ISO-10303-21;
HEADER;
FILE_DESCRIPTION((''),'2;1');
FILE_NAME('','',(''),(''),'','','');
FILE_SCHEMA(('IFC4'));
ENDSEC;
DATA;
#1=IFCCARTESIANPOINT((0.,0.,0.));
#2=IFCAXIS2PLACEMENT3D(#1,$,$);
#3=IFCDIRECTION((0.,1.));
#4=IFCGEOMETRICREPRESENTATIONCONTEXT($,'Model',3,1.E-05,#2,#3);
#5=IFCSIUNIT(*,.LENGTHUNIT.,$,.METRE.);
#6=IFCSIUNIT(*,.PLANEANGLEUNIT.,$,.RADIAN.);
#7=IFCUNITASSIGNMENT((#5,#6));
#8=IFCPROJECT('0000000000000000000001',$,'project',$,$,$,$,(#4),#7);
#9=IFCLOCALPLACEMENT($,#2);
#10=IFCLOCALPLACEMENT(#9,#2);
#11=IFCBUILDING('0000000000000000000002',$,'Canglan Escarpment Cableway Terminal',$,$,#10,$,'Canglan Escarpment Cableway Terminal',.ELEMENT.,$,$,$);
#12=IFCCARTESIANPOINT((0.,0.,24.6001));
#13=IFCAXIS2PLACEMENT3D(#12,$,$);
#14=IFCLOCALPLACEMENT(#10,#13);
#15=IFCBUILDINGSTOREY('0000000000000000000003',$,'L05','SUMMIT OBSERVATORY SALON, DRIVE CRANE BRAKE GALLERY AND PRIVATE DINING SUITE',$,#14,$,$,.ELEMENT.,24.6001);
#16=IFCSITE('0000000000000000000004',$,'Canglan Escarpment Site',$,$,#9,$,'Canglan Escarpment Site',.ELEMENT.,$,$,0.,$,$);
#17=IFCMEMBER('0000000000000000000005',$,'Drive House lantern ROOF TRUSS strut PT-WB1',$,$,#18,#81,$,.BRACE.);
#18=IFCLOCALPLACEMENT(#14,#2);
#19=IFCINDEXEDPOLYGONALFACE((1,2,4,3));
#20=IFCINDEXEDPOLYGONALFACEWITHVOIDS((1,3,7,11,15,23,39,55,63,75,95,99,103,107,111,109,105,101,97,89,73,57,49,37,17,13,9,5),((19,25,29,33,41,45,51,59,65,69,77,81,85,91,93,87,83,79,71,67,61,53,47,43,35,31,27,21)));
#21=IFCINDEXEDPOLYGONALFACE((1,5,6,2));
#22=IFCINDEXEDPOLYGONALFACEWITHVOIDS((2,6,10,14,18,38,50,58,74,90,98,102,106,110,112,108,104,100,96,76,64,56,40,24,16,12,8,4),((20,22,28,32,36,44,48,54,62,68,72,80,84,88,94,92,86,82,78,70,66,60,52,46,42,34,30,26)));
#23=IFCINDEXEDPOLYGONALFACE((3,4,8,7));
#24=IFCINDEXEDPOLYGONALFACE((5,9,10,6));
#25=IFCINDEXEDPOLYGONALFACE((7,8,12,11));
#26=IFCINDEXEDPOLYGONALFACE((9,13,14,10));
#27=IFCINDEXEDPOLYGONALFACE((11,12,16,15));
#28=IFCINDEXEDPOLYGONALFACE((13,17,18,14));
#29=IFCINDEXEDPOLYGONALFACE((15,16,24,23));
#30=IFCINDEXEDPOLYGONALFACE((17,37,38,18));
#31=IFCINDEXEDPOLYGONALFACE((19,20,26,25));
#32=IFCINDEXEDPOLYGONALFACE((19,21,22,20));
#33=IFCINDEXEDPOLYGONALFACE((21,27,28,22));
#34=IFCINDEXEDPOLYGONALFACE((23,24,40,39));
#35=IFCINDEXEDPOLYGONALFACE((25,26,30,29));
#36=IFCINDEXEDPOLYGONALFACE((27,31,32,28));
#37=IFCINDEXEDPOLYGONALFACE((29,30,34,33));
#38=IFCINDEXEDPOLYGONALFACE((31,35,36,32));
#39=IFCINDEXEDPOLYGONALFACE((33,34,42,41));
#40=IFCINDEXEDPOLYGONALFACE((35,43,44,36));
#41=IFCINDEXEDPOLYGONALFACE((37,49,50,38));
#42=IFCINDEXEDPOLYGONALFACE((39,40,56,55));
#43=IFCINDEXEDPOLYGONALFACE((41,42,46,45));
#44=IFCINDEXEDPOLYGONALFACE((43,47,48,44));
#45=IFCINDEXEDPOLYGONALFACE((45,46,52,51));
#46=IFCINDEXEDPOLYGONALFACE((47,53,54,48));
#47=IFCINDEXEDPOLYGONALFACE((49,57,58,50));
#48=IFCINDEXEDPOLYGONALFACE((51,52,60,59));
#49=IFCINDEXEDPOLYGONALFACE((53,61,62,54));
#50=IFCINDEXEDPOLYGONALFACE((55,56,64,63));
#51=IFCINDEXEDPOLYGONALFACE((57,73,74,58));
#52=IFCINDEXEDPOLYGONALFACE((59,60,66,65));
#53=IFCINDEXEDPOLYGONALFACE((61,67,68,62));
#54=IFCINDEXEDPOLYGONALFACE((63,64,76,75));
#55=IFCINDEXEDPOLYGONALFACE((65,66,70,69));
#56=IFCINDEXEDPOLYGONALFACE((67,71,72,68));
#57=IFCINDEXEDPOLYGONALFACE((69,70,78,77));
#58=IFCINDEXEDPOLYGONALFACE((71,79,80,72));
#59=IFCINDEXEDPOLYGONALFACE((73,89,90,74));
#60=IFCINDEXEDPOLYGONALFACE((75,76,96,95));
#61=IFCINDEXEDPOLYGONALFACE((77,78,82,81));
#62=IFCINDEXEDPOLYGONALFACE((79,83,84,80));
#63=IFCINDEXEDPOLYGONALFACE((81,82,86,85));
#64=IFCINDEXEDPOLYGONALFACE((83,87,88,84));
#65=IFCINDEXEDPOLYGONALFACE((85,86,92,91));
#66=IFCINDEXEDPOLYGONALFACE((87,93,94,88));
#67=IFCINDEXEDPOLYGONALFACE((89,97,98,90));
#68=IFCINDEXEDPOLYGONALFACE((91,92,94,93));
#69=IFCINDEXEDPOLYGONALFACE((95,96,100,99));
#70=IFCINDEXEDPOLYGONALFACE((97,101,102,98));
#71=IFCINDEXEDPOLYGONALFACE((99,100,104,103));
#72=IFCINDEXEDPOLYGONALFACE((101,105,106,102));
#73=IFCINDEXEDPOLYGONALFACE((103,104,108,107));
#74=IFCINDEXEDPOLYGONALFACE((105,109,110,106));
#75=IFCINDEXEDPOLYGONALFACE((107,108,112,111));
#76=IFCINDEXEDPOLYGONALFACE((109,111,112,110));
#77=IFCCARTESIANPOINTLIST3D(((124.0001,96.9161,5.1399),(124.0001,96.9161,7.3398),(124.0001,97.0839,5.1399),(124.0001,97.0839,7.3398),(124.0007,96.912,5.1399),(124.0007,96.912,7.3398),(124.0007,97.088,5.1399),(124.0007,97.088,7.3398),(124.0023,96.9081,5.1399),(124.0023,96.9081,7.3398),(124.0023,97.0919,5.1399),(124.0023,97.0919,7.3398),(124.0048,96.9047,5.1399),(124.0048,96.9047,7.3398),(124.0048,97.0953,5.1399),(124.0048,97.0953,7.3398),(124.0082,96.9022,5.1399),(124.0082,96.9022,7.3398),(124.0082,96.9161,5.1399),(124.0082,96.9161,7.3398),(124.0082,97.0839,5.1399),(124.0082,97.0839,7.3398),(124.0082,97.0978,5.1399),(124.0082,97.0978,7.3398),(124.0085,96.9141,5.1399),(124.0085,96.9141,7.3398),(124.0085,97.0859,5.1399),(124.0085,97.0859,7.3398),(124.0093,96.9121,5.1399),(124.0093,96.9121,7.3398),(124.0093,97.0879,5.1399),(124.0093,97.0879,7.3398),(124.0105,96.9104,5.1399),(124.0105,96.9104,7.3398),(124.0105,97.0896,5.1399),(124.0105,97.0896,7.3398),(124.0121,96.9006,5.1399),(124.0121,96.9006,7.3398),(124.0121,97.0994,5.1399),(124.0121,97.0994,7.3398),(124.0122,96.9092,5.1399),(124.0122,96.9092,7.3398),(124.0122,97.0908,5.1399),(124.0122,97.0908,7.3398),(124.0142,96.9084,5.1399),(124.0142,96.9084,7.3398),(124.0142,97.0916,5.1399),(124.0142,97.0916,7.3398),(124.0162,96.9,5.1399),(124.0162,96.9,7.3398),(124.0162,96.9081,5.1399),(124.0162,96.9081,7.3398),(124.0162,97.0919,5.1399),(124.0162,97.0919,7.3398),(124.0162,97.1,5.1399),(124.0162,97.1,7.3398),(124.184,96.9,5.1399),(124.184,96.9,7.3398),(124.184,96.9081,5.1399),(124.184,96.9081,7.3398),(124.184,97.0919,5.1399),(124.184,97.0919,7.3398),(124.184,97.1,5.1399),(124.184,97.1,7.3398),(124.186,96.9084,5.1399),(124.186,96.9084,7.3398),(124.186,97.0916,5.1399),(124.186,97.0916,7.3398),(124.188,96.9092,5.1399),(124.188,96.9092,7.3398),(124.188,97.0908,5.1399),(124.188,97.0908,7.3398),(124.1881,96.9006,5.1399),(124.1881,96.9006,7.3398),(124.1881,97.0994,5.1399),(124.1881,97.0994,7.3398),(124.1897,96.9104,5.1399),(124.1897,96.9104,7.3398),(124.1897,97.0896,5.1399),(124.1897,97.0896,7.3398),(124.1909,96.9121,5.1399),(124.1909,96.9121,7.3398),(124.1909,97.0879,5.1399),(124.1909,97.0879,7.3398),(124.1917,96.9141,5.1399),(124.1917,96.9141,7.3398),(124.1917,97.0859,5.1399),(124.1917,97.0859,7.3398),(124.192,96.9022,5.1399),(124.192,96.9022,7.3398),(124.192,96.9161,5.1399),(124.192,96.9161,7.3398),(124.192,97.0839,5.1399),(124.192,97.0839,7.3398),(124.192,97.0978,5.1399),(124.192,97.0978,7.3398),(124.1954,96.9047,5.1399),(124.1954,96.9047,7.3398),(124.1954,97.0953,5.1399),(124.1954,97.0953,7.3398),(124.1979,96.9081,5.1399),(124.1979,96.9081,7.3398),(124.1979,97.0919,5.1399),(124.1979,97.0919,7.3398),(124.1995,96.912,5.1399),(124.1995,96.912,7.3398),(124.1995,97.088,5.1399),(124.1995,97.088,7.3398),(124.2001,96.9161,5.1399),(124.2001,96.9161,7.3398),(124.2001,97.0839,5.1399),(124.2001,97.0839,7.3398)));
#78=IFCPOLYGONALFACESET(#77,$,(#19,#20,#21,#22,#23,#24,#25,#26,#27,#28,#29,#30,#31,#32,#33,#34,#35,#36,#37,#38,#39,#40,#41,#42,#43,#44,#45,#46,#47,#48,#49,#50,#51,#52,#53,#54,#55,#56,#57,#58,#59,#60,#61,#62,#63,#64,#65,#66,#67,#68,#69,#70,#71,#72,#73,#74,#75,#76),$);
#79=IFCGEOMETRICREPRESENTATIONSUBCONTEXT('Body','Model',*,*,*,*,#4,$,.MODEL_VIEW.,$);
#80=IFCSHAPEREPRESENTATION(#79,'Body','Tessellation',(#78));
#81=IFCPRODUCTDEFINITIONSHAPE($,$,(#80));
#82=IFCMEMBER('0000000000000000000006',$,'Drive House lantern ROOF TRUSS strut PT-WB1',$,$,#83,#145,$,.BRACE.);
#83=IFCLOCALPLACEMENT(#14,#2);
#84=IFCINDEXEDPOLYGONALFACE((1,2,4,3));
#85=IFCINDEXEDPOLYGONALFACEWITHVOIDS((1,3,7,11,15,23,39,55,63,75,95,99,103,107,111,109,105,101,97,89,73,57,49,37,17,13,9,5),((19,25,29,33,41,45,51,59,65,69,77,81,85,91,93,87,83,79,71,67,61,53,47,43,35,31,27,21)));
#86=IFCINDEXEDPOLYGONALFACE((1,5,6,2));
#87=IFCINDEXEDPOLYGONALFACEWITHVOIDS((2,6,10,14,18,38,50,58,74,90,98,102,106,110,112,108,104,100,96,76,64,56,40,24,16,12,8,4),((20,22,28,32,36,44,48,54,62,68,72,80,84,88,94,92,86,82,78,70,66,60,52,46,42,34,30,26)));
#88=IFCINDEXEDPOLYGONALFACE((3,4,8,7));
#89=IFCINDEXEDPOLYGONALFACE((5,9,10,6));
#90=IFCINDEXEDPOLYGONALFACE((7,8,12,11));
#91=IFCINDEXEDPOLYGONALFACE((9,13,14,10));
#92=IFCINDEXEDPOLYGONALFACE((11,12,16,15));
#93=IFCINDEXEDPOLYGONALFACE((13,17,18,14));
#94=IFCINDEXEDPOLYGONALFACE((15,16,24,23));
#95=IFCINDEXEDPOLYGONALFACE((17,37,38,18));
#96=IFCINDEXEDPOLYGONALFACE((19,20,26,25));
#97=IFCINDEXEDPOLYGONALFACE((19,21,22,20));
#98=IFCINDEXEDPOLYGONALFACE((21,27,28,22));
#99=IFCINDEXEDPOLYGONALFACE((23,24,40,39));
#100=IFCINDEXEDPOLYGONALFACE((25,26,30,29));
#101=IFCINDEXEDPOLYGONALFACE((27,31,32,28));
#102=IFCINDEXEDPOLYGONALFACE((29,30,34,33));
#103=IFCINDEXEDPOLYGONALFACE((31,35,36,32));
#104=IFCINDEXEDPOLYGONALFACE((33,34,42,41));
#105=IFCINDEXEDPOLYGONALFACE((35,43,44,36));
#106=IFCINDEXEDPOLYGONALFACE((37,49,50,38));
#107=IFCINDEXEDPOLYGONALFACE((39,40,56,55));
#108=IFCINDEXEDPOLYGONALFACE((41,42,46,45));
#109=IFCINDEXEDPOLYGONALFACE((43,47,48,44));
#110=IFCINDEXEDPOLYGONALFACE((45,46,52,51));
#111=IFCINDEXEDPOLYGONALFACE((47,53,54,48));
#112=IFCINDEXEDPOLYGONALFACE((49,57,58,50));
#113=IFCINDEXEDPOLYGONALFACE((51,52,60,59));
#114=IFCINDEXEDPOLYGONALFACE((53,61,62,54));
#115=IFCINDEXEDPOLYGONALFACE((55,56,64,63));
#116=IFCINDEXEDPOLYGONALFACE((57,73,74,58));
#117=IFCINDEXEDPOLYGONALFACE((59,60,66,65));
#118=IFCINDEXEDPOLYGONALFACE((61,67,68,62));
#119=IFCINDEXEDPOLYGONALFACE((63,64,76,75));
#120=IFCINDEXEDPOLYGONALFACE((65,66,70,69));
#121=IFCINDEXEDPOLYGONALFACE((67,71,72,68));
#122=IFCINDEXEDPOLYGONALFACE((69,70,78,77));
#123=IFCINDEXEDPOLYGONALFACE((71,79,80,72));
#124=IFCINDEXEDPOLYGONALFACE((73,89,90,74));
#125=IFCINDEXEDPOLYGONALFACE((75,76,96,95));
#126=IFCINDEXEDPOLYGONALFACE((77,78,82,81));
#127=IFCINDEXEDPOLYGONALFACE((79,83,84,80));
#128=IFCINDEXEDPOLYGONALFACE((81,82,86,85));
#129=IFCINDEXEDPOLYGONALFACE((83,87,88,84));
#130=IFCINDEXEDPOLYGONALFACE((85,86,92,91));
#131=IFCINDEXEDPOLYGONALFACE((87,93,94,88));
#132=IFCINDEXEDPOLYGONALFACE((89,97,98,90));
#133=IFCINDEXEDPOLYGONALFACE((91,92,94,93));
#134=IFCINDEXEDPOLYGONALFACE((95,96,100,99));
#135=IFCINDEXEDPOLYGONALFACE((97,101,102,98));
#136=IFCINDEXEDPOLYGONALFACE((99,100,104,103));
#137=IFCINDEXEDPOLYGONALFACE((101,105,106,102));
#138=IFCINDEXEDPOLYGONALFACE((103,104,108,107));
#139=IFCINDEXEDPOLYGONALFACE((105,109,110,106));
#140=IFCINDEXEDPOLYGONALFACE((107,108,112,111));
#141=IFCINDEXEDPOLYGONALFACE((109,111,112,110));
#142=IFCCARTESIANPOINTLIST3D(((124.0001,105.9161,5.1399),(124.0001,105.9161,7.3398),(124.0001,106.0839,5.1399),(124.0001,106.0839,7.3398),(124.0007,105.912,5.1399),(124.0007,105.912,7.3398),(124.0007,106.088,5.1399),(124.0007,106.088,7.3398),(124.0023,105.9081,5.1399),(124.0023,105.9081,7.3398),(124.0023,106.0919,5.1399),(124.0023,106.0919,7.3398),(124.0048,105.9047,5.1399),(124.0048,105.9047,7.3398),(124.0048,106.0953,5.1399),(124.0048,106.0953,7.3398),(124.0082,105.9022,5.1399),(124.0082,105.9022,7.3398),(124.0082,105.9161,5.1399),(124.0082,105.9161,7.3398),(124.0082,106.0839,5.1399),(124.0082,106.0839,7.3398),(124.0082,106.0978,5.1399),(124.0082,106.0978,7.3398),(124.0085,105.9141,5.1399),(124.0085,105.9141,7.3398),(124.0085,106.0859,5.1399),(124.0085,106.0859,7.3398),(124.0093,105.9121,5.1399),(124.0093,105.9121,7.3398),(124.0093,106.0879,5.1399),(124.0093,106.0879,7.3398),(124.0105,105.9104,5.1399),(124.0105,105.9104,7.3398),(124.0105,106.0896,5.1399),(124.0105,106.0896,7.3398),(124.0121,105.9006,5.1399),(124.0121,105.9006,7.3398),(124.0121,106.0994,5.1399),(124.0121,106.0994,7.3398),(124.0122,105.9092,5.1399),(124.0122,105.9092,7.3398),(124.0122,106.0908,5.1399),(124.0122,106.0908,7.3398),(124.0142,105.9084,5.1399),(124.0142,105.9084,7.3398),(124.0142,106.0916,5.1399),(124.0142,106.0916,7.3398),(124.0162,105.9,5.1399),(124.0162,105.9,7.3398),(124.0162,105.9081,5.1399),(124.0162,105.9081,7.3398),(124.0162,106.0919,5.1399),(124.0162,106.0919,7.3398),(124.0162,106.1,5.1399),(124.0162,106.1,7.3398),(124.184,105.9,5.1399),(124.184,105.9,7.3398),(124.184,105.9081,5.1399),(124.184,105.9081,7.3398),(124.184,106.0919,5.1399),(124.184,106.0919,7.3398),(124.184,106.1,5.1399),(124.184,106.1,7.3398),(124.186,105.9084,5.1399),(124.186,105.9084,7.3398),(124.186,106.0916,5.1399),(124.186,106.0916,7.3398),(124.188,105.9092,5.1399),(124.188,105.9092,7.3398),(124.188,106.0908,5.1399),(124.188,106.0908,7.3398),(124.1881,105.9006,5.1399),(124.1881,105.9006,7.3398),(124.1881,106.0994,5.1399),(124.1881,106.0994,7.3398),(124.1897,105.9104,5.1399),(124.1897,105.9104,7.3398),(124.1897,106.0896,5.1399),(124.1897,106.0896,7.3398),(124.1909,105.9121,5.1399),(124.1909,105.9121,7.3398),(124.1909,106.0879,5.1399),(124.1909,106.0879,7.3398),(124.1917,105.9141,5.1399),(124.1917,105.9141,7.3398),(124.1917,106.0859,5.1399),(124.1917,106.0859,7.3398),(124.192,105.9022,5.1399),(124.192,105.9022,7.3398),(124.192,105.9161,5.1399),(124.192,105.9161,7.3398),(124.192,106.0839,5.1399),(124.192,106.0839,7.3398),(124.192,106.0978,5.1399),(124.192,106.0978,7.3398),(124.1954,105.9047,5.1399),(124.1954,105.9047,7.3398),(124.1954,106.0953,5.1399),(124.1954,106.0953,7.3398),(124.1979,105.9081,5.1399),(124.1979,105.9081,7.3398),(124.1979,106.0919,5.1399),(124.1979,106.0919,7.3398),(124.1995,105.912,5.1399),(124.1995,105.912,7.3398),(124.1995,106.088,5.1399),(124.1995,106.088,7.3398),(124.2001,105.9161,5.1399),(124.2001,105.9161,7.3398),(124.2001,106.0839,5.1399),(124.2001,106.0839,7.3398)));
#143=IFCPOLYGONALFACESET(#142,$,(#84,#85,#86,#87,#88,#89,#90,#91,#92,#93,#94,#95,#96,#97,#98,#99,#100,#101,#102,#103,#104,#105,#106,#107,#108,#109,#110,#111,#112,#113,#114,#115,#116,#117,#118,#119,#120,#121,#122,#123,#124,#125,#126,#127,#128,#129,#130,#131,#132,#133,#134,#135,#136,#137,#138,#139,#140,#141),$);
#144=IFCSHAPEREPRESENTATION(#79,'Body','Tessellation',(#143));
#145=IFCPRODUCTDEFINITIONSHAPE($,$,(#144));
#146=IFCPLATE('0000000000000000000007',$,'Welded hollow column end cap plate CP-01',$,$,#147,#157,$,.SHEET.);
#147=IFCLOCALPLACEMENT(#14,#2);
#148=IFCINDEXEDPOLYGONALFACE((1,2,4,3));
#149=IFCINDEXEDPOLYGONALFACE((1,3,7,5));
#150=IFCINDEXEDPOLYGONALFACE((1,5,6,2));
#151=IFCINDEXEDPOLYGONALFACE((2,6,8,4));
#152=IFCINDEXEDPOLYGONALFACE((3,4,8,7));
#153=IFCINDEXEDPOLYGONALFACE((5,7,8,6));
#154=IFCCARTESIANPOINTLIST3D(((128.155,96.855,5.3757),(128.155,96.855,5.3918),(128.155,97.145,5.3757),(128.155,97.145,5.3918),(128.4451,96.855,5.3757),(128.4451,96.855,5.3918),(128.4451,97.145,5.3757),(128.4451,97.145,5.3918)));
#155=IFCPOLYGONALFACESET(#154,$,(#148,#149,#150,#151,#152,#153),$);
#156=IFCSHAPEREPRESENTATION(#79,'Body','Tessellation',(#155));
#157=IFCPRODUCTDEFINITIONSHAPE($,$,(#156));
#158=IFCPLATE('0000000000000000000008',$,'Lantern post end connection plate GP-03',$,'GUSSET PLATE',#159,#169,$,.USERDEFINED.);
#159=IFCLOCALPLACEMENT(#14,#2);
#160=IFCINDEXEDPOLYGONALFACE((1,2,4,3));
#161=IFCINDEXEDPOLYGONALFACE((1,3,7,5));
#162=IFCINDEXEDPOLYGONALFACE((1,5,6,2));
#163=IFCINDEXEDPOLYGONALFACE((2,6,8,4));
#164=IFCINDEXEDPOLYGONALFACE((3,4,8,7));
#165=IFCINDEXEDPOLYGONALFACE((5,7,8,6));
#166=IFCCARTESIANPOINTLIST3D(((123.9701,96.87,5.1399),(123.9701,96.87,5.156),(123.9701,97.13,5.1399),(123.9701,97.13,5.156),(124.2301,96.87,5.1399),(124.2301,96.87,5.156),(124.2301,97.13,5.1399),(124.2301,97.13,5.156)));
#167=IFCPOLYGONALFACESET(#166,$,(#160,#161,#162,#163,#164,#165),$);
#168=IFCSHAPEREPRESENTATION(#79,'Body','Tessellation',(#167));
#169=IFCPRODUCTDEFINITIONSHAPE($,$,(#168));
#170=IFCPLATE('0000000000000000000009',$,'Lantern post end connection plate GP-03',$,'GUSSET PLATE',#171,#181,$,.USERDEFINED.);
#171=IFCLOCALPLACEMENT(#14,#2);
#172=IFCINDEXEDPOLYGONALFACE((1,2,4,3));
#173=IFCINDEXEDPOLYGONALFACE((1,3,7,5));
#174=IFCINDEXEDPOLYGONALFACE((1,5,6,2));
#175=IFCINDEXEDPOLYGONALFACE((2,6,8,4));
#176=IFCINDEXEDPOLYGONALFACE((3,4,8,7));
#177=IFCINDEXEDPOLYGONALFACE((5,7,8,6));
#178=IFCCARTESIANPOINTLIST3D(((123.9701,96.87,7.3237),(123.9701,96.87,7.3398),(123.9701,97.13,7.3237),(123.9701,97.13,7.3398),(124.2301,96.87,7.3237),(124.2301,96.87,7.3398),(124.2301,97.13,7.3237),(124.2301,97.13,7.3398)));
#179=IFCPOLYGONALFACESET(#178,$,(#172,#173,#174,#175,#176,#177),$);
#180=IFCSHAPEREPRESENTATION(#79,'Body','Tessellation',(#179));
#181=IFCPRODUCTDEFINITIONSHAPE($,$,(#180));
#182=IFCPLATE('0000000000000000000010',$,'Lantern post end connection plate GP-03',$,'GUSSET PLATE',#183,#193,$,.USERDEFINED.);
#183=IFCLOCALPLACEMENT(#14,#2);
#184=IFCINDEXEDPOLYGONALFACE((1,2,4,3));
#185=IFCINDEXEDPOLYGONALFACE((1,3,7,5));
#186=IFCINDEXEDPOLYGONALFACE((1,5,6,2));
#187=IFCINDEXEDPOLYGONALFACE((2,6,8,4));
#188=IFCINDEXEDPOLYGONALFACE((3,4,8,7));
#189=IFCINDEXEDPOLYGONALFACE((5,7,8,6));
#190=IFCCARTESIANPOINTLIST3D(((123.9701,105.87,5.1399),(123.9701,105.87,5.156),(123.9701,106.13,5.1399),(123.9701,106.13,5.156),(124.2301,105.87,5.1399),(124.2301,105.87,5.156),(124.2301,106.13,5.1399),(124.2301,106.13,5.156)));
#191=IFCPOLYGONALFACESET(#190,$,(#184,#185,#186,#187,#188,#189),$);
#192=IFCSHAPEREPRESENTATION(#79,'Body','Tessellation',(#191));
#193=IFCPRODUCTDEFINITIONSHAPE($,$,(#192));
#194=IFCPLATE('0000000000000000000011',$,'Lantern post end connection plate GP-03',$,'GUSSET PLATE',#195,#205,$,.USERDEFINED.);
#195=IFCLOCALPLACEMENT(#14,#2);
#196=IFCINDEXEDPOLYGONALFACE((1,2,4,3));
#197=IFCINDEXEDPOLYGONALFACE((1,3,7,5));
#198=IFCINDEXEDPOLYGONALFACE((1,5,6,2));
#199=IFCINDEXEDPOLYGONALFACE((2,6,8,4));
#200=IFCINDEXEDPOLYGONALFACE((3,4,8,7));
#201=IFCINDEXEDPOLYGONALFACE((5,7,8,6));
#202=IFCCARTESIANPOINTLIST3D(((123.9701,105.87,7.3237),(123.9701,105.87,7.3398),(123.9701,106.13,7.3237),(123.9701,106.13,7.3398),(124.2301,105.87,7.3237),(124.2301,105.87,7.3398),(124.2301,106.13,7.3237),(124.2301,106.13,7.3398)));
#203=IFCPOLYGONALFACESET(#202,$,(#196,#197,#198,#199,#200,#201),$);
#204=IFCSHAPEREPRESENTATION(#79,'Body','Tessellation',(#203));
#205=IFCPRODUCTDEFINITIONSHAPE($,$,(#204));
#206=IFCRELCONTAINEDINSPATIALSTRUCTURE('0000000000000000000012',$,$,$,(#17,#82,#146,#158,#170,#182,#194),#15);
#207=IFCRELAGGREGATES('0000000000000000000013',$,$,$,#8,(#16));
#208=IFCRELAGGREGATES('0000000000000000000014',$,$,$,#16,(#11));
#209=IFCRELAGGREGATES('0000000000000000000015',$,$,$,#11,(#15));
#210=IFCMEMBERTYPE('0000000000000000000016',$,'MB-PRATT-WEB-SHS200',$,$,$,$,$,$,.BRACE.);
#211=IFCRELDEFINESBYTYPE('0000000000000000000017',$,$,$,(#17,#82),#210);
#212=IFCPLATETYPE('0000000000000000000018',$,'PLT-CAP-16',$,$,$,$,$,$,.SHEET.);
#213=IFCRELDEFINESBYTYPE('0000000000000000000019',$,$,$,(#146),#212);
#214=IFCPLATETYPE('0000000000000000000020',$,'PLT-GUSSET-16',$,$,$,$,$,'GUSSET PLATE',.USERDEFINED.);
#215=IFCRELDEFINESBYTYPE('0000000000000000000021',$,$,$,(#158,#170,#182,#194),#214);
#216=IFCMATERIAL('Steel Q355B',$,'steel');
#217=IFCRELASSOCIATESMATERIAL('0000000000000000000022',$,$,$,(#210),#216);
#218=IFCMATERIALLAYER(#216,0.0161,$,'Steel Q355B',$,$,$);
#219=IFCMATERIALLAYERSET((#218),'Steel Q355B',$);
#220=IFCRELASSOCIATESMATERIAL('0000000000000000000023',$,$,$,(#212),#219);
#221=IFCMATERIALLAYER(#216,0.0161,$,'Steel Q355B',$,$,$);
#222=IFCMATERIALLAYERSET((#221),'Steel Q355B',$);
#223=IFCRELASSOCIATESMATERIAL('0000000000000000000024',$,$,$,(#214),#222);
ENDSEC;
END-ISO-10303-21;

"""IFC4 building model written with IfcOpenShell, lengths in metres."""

from ifc_helpers import new_model, si_unit, direction, frame, origin, origin_2d, place, context, subcontext, project, spatial, rectangle, hollow_rectangle, extrude, material, layer, layer_set, material_profile, profile_set, type_object, element, save


model = new_model("IFC4")

# Units and contexts
model_context = context("Model", 3, precision=1e-05, world=origin(), true_north=direction((0.0, 1.0)))
body_context = subcontext(model_context, "Body", "Model", "MODEL_VIEW")
ifc_project = project(units=[si_unit("LENGTHUNIT", "METRE"), si_unit("PLANEANGLEUNIT", "RADIAN")], contexts=[model_context])

# Site, building, storey
site_placement = place(None, origin())
site = spatial("IfcSite", under=ifc_project, at=site_placement, Name="Canglan Escarpment Site", LongName="Canglan Escarpment Site", CompositionType="ELEMENT", RefElevation=0.0)
building_placement = place(site_placement, origin())
building = spatial("IfcBuilding", under=site, at=building_placement, Name="Canglan Escarpment Cableway Terminal", LongName="Canglan Escarpment Cableway Terminal", CompositionType="ELEMENT")
storey_placement = place(building_placement, frame((0.0, 0.0, 24.6001)))
storey = spatial("IfcBuildingStorey", under=building, at=storey_placement, Name="L05", Description="SUMMIT OBSERVATORY SALON, DRIVE CRANE BRAKE GALLERY AND PRIVATE DINING SUITE", CompositionType="ELEMENT", Elevation=24.6001)

# Shared definitions
ifc_material_1 = material(Name="Steel Q355B", Category="steel")

# Members
ifc_material_profile_1 = material_profile(ifc_material_1, hollow_rectangle(XDim=0.2, YDim=0.2, WallThickness=0.0081, InnerFilletRadius=0.0081, OuterFilletRadius=0.0161, at=origin_2d()), Name="SHS 200x200x8")
ifc_profile_set_1 = profile_set([ifc_material_profile_1], Name="Steel Q355B")
member_type_1 = type_object("IfcMemberType", Name="MB-PRATT-WEB-SHS200", PredefinedType="BRACE", material=ifc_profile_set_1)
for number, where, z_axis, x_axis, name in (
    (1, (124.1001, 97.0, 5.1399), (0.0, 0.0, 1.0), (1.0, 0.0, 0.0), "Drive House lantern ROOF TRUSS strut PT-WB1"),
    (2, (124.1001, 106.0, 5.1399), (0.0, 0.0, 1.0), (1.0, 0.0, 0.0), "Drive House lantern ROOF TRUSS strut PT-WB1"),
):
    element("IfcMember", number, at=place(storey_placement, frame(where, z_axis=z_axis, x_axis=x_axis)), inside=storey, type_object=member_type_1, Name=name, PredefinedType="BRACE", context=body_context, shape_type="SweptSolid", body=[
        extrude(hollow_rectangle(XDim=0.2, YDim=0.2, WallThickness=0.0081, InnerFilletRadius=0.0081, OuterFilletRadius=0.0161, at=origin_2d()), origin(), (0.0, 0.0, 1.0), 2.2),
    ])

# Plates
ifc_layer_1 = layer(ifc_material_1, 0.0161, Name="Steel Q355B")
ifc_layer_set_1 = layer_set([ifc_layer_1], Name="Steel Q355B")
plate_type_1 = type_object("IfcPlateType", Name="PLT-CAP-16", PredefinedType="SHEET", material=ifc_layer_set_1)
plate_placement = place(storey_placement, frame((128.3, 97.0, 5.3757), z_axis=(0.0, 0.0, 1.0), x_axis=(1.0, 0.0, 0.0)))
element("IfcPlate", 3, at=plate_placement, inside=storey, type_object=plate_type_1, Name="Welded hollow column end cap plate CP-01", PredefinedType="SHEET", context=body_context, shape_type="SweptSolid", body=[
    extrude(rectangle(XDim=0.29, YDim=0.29, at=origin_2d()), origin(), (0.0, 0.0, 1.0), 0.0161),
])
ifc_layer_2 = layer(ifc_material_1, 0.0161, Name="Steel Q355B")
ifc_layer_set_2 = layer_set([ifc_layer_2], Name="Steel Q355B")
plate_type_2 = type_object("IfcPlateType", Name="PLT-GUSSET-16", ElementType="GUSSET PLATE", PredefinedType="USERDEFINED", material=ifc_layer_set_2)
for number, where, z_axis, x_axis, name in (
    (4, (124.1001, 97.0, 5.1399), (0.0, 0.0, 1.0), (1.0, 0.0, 0.0), "Lantern post end connection plate GP-03"),
    (5, (124.1001, 97.0, 7.3237), (0.0, 0.0, 1.0), (1.0, 0.0, 0.0), "Lantern post end connection plate GP-03"),
    (6, (124.1001, 106.0, 5.1399), (0.0, 0.0, 1.0), (1.0, 0.0, 0.0), "Lantern post end connection plate GP-03"),
    (7, (124.1001, 106.0, 7.3237), (0.0, 0.0, 1.0), (1.0, 0.0, 0.0), "Lantern post end connection plate GP-03"),
):
    element("IfcPlate", number, at=place(storey_placement, frame(where, z_axis=z_axis, x_axis=x_axis)), inside=storey, type_object=plate_type_2, Name=name, ObjectType="GUSSET PLATE", PredefinedType="USERDEFINED", context=body_context, shape_type="SweptSolid", body=[
        extrude(rectangle(XDim=0.26, YDim=0.26, at=origin_2d()), origin(), (0.0, 0.0, 1.0), 0.0161),
    ])

save(model, "model.ifc")
